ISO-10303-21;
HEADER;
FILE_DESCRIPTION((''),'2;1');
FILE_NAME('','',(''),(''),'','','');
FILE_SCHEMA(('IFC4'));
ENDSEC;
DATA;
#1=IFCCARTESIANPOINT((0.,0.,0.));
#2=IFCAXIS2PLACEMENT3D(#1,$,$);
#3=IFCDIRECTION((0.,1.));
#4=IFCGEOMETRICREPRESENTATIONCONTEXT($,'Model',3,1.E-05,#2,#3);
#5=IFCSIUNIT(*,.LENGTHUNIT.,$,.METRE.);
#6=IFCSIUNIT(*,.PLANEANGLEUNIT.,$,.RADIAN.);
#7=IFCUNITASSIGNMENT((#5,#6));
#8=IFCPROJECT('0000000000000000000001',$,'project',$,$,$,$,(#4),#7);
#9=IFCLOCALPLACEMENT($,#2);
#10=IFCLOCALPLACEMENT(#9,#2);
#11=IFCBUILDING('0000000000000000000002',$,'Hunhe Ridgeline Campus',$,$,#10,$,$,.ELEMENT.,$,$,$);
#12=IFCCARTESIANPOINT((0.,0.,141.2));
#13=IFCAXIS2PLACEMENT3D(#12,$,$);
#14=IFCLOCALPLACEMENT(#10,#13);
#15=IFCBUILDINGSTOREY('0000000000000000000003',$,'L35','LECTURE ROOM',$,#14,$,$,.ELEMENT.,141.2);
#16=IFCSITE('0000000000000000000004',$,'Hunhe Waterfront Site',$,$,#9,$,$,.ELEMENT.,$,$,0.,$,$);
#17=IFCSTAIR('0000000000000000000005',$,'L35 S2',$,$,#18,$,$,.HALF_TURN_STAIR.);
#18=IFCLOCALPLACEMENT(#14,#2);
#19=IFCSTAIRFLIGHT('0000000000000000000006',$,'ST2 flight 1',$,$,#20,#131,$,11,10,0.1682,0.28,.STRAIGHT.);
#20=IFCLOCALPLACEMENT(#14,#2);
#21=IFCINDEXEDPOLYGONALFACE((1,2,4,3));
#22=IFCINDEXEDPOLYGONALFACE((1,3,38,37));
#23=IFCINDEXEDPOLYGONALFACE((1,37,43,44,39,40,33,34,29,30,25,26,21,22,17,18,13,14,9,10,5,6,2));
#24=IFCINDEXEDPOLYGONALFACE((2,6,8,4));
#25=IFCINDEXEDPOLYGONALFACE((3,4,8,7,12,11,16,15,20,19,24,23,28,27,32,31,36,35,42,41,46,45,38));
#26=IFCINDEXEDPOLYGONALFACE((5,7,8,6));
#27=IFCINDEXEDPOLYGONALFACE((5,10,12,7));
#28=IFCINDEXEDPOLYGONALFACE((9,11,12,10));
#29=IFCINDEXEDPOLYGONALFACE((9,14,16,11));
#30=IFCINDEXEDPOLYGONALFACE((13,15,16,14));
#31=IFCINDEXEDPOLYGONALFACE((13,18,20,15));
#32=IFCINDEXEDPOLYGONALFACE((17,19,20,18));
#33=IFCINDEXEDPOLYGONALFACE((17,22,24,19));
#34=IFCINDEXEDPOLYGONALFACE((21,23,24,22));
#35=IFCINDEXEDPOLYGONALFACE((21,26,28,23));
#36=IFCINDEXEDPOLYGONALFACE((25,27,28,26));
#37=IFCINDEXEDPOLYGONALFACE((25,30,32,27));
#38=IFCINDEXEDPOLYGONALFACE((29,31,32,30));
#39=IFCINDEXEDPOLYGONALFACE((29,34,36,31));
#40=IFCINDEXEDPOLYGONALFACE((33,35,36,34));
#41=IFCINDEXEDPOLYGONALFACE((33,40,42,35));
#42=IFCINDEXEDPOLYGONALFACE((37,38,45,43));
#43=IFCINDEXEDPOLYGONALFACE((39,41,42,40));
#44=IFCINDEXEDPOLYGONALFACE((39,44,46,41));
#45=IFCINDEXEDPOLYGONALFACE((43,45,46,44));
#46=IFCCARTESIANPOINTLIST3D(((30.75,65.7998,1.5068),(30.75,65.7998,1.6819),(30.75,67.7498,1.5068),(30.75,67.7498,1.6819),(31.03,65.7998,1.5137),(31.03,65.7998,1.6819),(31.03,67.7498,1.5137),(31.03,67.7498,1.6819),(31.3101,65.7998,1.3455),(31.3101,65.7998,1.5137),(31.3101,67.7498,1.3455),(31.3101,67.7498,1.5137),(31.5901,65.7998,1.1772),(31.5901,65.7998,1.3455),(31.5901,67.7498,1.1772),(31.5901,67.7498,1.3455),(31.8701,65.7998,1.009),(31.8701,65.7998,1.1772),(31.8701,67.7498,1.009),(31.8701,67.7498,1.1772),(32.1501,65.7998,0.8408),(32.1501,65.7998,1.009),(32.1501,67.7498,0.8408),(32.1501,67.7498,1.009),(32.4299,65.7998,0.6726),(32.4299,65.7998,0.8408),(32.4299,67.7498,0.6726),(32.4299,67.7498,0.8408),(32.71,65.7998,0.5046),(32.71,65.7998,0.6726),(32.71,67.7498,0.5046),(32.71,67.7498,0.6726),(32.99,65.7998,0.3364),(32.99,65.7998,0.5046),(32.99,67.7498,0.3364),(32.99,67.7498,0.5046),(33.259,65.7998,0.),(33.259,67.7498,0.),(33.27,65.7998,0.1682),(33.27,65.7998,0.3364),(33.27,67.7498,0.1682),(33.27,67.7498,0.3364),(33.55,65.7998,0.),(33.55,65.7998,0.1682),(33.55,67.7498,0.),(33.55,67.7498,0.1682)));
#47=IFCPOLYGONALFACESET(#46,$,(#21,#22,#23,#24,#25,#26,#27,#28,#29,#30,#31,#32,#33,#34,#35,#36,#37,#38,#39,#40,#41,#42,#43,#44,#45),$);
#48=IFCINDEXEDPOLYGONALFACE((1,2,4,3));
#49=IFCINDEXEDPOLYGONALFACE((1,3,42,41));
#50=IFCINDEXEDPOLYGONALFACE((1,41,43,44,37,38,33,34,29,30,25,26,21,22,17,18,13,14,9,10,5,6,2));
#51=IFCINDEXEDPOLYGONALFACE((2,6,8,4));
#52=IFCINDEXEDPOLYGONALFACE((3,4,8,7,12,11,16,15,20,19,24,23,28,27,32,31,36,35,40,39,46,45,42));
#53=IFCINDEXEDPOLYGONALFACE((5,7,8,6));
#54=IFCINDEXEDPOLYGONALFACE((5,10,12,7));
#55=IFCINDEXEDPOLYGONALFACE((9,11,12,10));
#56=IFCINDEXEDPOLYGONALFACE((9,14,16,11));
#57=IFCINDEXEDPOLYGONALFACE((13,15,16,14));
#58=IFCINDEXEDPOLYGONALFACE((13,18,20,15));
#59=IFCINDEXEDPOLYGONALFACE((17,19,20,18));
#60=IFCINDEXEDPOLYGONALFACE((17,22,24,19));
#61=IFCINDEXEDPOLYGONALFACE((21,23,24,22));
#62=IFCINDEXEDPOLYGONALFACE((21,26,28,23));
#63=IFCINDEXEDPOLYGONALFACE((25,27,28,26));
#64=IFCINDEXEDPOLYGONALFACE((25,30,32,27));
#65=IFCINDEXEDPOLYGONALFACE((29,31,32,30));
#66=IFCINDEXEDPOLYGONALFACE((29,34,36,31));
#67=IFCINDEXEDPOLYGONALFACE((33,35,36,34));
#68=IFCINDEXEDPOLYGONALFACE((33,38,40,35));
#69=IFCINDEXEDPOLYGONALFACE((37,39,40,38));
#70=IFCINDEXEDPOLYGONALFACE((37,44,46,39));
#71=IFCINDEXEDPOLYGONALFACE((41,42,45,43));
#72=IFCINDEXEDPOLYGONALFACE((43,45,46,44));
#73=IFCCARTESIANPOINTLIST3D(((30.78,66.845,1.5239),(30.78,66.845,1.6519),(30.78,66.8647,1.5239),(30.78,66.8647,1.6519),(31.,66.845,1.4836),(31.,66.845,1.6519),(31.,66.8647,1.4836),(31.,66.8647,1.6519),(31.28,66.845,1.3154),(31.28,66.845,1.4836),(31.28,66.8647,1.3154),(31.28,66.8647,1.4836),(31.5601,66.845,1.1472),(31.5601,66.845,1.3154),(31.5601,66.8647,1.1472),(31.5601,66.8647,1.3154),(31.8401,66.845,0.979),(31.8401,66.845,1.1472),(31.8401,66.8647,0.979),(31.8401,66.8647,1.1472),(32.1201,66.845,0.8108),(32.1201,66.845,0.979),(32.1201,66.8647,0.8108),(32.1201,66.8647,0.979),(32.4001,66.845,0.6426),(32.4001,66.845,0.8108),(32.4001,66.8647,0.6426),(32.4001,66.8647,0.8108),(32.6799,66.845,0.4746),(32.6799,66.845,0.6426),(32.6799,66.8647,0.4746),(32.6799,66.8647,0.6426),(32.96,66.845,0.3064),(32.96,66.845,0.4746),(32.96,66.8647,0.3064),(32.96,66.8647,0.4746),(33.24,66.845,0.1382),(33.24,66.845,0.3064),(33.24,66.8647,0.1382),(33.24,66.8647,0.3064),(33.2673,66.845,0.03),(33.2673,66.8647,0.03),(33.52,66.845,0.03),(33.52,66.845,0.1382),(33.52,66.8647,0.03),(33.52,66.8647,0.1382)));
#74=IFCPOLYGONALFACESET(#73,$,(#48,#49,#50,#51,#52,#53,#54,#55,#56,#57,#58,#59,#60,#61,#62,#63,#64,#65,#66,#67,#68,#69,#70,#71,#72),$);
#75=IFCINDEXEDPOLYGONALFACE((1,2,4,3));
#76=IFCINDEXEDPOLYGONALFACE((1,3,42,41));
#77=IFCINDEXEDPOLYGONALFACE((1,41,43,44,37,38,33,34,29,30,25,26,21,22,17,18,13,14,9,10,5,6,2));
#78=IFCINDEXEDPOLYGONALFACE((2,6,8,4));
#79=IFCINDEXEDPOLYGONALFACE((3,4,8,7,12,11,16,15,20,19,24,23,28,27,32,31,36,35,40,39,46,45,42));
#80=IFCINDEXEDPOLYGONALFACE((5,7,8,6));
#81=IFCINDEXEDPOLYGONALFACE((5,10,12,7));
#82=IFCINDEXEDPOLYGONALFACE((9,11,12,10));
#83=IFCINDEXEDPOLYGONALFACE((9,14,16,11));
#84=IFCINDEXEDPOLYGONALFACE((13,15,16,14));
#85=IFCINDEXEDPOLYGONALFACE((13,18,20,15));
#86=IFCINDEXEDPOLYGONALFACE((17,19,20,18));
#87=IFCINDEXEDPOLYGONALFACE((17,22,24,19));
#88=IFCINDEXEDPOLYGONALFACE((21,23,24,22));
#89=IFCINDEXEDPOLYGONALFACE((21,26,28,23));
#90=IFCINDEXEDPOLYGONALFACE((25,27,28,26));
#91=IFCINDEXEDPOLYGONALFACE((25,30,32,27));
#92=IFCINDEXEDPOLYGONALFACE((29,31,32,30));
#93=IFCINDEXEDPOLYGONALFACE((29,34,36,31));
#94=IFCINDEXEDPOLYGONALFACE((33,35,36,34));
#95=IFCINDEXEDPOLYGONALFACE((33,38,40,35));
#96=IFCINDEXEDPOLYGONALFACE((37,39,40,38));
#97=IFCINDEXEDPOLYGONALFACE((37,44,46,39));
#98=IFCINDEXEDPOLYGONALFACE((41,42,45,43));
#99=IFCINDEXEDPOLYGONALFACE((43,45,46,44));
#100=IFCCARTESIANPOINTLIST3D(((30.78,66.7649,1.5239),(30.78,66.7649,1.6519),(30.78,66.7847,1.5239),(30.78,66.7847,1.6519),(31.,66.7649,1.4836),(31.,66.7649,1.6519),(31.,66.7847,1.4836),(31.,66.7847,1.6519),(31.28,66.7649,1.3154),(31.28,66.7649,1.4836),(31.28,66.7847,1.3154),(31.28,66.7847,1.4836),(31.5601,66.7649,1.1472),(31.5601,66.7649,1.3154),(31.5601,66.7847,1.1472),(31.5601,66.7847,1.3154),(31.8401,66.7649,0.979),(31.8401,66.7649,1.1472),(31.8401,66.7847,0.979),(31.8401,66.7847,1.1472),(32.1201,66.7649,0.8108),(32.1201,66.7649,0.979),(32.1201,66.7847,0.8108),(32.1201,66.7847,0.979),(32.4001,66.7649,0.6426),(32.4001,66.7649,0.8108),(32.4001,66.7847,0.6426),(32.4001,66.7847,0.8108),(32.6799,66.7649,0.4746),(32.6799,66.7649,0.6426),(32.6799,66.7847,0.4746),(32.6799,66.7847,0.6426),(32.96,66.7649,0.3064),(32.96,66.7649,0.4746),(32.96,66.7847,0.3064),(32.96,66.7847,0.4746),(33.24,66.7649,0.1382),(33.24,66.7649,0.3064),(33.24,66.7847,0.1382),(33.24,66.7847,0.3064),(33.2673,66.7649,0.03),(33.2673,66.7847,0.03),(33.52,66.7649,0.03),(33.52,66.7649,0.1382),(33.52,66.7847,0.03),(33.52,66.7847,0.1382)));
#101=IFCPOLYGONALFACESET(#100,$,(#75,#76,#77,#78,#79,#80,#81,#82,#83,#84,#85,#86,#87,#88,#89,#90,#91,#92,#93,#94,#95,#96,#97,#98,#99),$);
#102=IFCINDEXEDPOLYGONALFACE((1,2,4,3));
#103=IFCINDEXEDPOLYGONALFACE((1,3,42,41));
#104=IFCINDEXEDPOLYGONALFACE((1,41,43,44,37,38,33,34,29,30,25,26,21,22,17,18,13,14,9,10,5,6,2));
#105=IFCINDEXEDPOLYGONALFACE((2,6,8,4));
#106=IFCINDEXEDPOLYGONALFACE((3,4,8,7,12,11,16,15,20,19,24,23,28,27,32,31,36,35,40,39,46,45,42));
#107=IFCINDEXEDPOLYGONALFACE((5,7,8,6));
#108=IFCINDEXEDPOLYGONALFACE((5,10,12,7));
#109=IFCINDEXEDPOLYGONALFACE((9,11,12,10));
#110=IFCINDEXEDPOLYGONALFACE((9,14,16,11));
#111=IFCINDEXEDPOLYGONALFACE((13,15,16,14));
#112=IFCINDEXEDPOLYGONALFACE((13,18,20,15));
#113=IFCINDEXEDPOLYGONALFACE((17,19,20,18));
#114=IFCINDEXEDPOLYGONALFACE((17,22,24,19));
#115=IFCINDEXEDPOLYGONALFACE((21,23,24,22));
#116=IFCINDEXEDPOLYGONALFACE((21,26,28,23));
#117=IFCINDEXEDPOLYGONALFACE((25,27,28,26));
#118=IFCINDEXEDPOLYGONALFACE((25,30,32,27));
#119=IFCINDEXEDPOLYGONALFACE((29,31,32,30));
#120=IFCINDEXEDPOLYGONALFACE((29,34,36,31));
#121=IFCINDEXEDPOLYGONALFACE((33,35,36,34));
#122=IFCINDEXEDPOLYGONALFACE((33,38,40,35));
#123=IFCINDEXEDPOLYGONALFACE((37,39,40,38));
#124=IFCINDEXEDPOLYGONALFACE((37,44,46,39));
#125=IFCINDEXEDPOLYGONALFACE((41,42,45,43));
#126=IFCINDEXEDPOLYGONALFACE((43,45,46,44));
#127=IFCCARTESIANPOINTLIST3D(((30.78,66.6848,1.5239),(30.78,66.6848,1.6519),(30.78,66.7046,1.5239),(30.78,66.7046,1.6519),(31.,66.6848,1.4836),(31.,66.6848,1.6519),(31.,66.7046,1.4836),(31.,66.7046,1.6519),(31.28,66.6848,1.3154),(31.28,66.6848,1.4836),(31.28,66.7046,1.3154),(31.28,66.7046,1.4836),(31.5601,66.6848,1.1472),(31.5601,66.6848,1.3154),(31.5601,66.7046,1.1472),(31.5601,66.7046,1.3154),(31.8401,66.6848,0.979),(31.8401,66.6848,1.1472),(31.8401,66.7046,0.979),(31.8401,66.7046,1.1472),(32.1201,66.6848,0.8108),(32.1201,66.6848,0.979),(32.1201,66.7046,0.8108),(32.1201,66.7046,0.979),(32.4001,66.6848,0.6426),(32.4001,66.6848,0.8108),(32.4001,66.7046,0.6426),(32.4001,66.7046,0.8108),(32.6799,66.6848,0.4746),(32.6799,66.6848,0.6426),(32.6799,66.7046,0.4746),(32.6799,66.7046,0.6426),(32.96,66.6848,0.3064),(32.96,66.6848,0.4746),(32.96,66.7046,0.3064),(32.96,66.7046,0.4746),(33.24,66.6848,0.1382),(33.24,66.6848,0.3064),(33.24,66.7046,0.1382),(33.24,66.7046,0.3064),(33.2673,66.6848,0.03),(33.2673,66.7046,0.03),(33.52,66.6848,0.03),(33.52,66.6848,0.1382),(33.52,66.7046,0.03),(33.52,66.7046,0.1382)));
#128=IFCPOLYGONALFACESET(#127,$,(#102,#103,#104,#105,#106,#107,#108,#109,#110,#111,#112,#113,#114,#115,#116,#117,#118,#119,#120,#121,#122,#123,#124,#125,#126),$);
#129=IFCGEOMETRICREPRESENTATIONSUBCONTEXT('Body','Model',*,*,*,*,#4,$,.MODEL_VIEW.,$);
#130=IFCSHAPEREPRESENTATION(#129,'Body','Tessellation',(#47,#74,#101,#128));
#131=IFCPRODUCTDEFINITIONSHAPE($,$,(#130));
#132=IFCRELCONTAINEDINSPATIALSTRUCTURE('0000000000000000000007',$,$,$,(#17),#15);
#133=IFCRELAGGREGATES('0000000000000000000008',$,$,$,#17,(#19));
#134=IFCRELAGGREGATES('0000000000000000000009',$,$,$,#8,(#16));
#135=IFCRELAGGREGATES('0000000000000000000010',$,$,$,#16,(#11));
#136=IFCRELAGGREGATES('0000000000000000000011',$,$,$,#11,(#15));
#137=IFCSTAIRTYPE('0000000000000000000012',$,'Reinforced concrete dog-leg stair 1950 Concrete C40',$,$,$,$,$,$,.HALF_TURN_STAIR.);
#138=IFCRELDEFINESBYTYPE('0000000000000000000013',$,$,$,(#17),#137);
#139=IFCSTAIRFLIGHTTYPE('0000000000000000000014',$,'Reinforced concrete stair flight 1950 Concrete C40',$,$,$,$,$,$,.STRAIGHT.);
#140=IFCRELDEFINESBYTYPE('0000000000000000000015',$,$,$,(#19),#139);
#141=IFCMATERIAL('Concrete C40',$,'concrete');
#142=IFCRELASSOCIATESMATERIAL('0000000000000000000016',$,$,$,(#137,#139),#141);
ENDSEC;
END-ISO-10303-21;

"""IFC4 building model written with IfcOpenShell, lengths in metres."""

from ifc_helpers import new_model, si_unit, direction, frame, origin, place, context, subcontext, project, spatial, polyline, outline, extrude, material, type_object, element, aggregate, save


model = new_model("IFC4")

# Units and contexts
model_context = context("Model", 3, precision=1e-05, world=origin(), true_north=direction((0.0, 1.0)))
body_context = subcontext(model_context, "Body", "Model", "MODEL_VIEW")
ifc_project = project(units=[si_unit("LENGTHUNIT", "METRE"), si_unit("PLANEANGLEUNIT", "RADIAN")], contexts=[model_context])

# Site, building, storey
site_placement = place(None, origin())
site = spatial("IfcSite", under=ifc_project, at=site_placement, Name="Hunhe Waterfront Site", CompositionType="ELEMENT", RefElevation=0.0)
building_placement = place(site_placement, origin())
building = spatial("IfcBuilding", under=site, at=building_placement, Name="Hunhe Ridgeline Campus", CompositionType="ELEMENT")
storey_placement = place(building_placement, frame((0.0, 0.0, 141.2)))
storey = spatial("IfcBuildingStorey", under=building, at=storey_placement, Name="L35", Description="LECTURE ROOM", CompositionType="ELEMENT", Elevation=141.2)

# Stair, stair flight
ifc_material_1 = material(Name="Concrete C40", Category="concrete")
stair_type = type_object("IfcStairType", Name="Reinforced concrete dog-leg stair 1950 Concrete C40", PredefinedType="HALF_TURN_STAIR", material=ifc_material_1)
stair_placement = place(storey_placement, origin())
stair = element("IfcStair", 1, at=stair_placement, inside=storey, type_object=stair_type, Name="L35 S2", PredefinedType="HALF_TURN_STAIR")
stair_flight_type = type_object("IfcStairFlightType", Name="Reinforced concrete stair flight 1950 Concrete C40", PredefinedType="STRAIGHT", material=ifc_material_1)
stair_flight_1_placement = place(storey_placement, frame((33.55, 66.7749, 0.0), z_axis=(0.0, 0.0, 1.0), x_axis=(-1.0, 0.0, 0.0)))
stair_flight_1 = element("IfcStairFlight", 2, at=stair_flight_1_placement, type_object=stair_flight_type, Name="ST2 flight 1", NumberOfRisers=11, NumberOfTreads=10, PredefinedType="STRAIGHT", RiserHeight=0.1682, TreadLength=0.28, context=body_context, shape_type="SweptSolid", body=[
    extrude(outline(polyline([(0.0, 0.0), (0.0, 0.1682), (0.28, 0.1682), (0.28, 0.3364), (0.5601, 0.3364), (0.5601, 0.5046), (0.8401, 0.5046), (0.8401, 0.6726), (1.1201, 0.6726), (1.1201, 0.8408), (1.3999, 0.8408), (1.3999, 1.009), (1.6799, 1.009), (1.6799, 1.1772), (1.96, 1.1772), (1.96, 1.3455), (2.24, 1.3455), (2.24, 1.5137), (2.52, 1.5137), (2.52, 1.6819), (2.8, 1.6819), (2.8, 1.8501), (2.8, 1.5068), (0.291, 0.0), (0.0, 0.0)])), frame((0.0, 0.9751, 0.0), z_axis=(0.0, -1.0, 0.0), x_axis=(1.0, 0.0, 0.0)), (0.0, 0.0, 1.0), 1.95),
    extrude(outline(polyline([(0.03, 0.03), (0.03, 0.1382), (0.3101, 0.1382), (0.3101, 0.3064), (0.5901, 0.3064), (0.5901, 0.4746), (0.8701, 0.4746), (0.8701, 0.6426), (1.1499, 0.6426), (1.1499, 0.8108), (1.4299, 0.8108), (1.4299, 0.979), (1.71, 0.979), (1.71, 1.1472), (1.99, 1.1472), (1.99, 1.3154), (2.27, 1.3154), (2.27, 1.4836), (2.55, 1.4836), (2.55, 1.6519), (2.77, 1.6519), (2.77, 1.5239), (0.2827, 0.03), (0.03, 0.03)])), frame((0.0, -0.0701, 0.0), z_axis=(0.0, -1.0, 0.0), x_axis=(1.0, 0.0, 0.0)), (0.0, 0.0, 1.0), 0.0198),
    extrude(outline(polyline([(0.03, 0.03), (0.03, 0.1382), (0.3101, 0.1382), (0.3101, 0.3064), (0.5901, 0.3064), (0.5901, 0.4746), (0.8701, 0.4746), (0.8701, 0.6426), (1.1499, 0.6426), (1.1499, 0.8108), (1.4299, 0.8108), (1.4299, 0.979), (1.71, 0.979), (1.71, 1.1472), (1.99, 1.1472), (1.99, 1.3154), (2.27, 1.3154), (2.27, 1.4836), (2.55, 1.4836), (2.55, 1.6519), (2.77, 1.6519), (2.77, 1.5239), (0.2827, 0.03), (0.03, 0.03)])), frame((0.0, 0.01, 0.0), z_axis=(0.0, -1.0, 0.0), x_axis=(1.0, 0.0, 0.0)), (0.0, 0.0, 1.0), 0.0198),
    extrude(outline(polyline([(0.03, 0.03), (0.03, 0.1382), (0.3101, 0.1382), (0.3101, 0.3064), (0.5901, 0.3064), (0.5901, 0.4746), (0.8701, 0.4746), (0.8701, 0.6426), (1.1499, 0.6426), (1.1499, 0.8108), (1.4299, 0.8108), (1.4299, 0.979), (1.71, 0.979), (1.71, 1.1472), (1.99, 1.1472), (1.99, 1.3154), (2.27, 1.3154), (2.27, 1.4836), (2.55, 1.4836), (2.55, 1.6519), (2.77, 1.6519), (2.77, 1.5239), (0.2827, 0.03), (0.03, 0.03)])), frame((0.0, 0.0901, 0.0), z_axis=(0.0, -1.0, 0.0), x_axis=(1.0, 0.0, 0.0)), (0.0, 0.0, 1.0), 0.0198),
])
aggregate(stair, [stair_flight_1])

save(model, "model.ifc")
